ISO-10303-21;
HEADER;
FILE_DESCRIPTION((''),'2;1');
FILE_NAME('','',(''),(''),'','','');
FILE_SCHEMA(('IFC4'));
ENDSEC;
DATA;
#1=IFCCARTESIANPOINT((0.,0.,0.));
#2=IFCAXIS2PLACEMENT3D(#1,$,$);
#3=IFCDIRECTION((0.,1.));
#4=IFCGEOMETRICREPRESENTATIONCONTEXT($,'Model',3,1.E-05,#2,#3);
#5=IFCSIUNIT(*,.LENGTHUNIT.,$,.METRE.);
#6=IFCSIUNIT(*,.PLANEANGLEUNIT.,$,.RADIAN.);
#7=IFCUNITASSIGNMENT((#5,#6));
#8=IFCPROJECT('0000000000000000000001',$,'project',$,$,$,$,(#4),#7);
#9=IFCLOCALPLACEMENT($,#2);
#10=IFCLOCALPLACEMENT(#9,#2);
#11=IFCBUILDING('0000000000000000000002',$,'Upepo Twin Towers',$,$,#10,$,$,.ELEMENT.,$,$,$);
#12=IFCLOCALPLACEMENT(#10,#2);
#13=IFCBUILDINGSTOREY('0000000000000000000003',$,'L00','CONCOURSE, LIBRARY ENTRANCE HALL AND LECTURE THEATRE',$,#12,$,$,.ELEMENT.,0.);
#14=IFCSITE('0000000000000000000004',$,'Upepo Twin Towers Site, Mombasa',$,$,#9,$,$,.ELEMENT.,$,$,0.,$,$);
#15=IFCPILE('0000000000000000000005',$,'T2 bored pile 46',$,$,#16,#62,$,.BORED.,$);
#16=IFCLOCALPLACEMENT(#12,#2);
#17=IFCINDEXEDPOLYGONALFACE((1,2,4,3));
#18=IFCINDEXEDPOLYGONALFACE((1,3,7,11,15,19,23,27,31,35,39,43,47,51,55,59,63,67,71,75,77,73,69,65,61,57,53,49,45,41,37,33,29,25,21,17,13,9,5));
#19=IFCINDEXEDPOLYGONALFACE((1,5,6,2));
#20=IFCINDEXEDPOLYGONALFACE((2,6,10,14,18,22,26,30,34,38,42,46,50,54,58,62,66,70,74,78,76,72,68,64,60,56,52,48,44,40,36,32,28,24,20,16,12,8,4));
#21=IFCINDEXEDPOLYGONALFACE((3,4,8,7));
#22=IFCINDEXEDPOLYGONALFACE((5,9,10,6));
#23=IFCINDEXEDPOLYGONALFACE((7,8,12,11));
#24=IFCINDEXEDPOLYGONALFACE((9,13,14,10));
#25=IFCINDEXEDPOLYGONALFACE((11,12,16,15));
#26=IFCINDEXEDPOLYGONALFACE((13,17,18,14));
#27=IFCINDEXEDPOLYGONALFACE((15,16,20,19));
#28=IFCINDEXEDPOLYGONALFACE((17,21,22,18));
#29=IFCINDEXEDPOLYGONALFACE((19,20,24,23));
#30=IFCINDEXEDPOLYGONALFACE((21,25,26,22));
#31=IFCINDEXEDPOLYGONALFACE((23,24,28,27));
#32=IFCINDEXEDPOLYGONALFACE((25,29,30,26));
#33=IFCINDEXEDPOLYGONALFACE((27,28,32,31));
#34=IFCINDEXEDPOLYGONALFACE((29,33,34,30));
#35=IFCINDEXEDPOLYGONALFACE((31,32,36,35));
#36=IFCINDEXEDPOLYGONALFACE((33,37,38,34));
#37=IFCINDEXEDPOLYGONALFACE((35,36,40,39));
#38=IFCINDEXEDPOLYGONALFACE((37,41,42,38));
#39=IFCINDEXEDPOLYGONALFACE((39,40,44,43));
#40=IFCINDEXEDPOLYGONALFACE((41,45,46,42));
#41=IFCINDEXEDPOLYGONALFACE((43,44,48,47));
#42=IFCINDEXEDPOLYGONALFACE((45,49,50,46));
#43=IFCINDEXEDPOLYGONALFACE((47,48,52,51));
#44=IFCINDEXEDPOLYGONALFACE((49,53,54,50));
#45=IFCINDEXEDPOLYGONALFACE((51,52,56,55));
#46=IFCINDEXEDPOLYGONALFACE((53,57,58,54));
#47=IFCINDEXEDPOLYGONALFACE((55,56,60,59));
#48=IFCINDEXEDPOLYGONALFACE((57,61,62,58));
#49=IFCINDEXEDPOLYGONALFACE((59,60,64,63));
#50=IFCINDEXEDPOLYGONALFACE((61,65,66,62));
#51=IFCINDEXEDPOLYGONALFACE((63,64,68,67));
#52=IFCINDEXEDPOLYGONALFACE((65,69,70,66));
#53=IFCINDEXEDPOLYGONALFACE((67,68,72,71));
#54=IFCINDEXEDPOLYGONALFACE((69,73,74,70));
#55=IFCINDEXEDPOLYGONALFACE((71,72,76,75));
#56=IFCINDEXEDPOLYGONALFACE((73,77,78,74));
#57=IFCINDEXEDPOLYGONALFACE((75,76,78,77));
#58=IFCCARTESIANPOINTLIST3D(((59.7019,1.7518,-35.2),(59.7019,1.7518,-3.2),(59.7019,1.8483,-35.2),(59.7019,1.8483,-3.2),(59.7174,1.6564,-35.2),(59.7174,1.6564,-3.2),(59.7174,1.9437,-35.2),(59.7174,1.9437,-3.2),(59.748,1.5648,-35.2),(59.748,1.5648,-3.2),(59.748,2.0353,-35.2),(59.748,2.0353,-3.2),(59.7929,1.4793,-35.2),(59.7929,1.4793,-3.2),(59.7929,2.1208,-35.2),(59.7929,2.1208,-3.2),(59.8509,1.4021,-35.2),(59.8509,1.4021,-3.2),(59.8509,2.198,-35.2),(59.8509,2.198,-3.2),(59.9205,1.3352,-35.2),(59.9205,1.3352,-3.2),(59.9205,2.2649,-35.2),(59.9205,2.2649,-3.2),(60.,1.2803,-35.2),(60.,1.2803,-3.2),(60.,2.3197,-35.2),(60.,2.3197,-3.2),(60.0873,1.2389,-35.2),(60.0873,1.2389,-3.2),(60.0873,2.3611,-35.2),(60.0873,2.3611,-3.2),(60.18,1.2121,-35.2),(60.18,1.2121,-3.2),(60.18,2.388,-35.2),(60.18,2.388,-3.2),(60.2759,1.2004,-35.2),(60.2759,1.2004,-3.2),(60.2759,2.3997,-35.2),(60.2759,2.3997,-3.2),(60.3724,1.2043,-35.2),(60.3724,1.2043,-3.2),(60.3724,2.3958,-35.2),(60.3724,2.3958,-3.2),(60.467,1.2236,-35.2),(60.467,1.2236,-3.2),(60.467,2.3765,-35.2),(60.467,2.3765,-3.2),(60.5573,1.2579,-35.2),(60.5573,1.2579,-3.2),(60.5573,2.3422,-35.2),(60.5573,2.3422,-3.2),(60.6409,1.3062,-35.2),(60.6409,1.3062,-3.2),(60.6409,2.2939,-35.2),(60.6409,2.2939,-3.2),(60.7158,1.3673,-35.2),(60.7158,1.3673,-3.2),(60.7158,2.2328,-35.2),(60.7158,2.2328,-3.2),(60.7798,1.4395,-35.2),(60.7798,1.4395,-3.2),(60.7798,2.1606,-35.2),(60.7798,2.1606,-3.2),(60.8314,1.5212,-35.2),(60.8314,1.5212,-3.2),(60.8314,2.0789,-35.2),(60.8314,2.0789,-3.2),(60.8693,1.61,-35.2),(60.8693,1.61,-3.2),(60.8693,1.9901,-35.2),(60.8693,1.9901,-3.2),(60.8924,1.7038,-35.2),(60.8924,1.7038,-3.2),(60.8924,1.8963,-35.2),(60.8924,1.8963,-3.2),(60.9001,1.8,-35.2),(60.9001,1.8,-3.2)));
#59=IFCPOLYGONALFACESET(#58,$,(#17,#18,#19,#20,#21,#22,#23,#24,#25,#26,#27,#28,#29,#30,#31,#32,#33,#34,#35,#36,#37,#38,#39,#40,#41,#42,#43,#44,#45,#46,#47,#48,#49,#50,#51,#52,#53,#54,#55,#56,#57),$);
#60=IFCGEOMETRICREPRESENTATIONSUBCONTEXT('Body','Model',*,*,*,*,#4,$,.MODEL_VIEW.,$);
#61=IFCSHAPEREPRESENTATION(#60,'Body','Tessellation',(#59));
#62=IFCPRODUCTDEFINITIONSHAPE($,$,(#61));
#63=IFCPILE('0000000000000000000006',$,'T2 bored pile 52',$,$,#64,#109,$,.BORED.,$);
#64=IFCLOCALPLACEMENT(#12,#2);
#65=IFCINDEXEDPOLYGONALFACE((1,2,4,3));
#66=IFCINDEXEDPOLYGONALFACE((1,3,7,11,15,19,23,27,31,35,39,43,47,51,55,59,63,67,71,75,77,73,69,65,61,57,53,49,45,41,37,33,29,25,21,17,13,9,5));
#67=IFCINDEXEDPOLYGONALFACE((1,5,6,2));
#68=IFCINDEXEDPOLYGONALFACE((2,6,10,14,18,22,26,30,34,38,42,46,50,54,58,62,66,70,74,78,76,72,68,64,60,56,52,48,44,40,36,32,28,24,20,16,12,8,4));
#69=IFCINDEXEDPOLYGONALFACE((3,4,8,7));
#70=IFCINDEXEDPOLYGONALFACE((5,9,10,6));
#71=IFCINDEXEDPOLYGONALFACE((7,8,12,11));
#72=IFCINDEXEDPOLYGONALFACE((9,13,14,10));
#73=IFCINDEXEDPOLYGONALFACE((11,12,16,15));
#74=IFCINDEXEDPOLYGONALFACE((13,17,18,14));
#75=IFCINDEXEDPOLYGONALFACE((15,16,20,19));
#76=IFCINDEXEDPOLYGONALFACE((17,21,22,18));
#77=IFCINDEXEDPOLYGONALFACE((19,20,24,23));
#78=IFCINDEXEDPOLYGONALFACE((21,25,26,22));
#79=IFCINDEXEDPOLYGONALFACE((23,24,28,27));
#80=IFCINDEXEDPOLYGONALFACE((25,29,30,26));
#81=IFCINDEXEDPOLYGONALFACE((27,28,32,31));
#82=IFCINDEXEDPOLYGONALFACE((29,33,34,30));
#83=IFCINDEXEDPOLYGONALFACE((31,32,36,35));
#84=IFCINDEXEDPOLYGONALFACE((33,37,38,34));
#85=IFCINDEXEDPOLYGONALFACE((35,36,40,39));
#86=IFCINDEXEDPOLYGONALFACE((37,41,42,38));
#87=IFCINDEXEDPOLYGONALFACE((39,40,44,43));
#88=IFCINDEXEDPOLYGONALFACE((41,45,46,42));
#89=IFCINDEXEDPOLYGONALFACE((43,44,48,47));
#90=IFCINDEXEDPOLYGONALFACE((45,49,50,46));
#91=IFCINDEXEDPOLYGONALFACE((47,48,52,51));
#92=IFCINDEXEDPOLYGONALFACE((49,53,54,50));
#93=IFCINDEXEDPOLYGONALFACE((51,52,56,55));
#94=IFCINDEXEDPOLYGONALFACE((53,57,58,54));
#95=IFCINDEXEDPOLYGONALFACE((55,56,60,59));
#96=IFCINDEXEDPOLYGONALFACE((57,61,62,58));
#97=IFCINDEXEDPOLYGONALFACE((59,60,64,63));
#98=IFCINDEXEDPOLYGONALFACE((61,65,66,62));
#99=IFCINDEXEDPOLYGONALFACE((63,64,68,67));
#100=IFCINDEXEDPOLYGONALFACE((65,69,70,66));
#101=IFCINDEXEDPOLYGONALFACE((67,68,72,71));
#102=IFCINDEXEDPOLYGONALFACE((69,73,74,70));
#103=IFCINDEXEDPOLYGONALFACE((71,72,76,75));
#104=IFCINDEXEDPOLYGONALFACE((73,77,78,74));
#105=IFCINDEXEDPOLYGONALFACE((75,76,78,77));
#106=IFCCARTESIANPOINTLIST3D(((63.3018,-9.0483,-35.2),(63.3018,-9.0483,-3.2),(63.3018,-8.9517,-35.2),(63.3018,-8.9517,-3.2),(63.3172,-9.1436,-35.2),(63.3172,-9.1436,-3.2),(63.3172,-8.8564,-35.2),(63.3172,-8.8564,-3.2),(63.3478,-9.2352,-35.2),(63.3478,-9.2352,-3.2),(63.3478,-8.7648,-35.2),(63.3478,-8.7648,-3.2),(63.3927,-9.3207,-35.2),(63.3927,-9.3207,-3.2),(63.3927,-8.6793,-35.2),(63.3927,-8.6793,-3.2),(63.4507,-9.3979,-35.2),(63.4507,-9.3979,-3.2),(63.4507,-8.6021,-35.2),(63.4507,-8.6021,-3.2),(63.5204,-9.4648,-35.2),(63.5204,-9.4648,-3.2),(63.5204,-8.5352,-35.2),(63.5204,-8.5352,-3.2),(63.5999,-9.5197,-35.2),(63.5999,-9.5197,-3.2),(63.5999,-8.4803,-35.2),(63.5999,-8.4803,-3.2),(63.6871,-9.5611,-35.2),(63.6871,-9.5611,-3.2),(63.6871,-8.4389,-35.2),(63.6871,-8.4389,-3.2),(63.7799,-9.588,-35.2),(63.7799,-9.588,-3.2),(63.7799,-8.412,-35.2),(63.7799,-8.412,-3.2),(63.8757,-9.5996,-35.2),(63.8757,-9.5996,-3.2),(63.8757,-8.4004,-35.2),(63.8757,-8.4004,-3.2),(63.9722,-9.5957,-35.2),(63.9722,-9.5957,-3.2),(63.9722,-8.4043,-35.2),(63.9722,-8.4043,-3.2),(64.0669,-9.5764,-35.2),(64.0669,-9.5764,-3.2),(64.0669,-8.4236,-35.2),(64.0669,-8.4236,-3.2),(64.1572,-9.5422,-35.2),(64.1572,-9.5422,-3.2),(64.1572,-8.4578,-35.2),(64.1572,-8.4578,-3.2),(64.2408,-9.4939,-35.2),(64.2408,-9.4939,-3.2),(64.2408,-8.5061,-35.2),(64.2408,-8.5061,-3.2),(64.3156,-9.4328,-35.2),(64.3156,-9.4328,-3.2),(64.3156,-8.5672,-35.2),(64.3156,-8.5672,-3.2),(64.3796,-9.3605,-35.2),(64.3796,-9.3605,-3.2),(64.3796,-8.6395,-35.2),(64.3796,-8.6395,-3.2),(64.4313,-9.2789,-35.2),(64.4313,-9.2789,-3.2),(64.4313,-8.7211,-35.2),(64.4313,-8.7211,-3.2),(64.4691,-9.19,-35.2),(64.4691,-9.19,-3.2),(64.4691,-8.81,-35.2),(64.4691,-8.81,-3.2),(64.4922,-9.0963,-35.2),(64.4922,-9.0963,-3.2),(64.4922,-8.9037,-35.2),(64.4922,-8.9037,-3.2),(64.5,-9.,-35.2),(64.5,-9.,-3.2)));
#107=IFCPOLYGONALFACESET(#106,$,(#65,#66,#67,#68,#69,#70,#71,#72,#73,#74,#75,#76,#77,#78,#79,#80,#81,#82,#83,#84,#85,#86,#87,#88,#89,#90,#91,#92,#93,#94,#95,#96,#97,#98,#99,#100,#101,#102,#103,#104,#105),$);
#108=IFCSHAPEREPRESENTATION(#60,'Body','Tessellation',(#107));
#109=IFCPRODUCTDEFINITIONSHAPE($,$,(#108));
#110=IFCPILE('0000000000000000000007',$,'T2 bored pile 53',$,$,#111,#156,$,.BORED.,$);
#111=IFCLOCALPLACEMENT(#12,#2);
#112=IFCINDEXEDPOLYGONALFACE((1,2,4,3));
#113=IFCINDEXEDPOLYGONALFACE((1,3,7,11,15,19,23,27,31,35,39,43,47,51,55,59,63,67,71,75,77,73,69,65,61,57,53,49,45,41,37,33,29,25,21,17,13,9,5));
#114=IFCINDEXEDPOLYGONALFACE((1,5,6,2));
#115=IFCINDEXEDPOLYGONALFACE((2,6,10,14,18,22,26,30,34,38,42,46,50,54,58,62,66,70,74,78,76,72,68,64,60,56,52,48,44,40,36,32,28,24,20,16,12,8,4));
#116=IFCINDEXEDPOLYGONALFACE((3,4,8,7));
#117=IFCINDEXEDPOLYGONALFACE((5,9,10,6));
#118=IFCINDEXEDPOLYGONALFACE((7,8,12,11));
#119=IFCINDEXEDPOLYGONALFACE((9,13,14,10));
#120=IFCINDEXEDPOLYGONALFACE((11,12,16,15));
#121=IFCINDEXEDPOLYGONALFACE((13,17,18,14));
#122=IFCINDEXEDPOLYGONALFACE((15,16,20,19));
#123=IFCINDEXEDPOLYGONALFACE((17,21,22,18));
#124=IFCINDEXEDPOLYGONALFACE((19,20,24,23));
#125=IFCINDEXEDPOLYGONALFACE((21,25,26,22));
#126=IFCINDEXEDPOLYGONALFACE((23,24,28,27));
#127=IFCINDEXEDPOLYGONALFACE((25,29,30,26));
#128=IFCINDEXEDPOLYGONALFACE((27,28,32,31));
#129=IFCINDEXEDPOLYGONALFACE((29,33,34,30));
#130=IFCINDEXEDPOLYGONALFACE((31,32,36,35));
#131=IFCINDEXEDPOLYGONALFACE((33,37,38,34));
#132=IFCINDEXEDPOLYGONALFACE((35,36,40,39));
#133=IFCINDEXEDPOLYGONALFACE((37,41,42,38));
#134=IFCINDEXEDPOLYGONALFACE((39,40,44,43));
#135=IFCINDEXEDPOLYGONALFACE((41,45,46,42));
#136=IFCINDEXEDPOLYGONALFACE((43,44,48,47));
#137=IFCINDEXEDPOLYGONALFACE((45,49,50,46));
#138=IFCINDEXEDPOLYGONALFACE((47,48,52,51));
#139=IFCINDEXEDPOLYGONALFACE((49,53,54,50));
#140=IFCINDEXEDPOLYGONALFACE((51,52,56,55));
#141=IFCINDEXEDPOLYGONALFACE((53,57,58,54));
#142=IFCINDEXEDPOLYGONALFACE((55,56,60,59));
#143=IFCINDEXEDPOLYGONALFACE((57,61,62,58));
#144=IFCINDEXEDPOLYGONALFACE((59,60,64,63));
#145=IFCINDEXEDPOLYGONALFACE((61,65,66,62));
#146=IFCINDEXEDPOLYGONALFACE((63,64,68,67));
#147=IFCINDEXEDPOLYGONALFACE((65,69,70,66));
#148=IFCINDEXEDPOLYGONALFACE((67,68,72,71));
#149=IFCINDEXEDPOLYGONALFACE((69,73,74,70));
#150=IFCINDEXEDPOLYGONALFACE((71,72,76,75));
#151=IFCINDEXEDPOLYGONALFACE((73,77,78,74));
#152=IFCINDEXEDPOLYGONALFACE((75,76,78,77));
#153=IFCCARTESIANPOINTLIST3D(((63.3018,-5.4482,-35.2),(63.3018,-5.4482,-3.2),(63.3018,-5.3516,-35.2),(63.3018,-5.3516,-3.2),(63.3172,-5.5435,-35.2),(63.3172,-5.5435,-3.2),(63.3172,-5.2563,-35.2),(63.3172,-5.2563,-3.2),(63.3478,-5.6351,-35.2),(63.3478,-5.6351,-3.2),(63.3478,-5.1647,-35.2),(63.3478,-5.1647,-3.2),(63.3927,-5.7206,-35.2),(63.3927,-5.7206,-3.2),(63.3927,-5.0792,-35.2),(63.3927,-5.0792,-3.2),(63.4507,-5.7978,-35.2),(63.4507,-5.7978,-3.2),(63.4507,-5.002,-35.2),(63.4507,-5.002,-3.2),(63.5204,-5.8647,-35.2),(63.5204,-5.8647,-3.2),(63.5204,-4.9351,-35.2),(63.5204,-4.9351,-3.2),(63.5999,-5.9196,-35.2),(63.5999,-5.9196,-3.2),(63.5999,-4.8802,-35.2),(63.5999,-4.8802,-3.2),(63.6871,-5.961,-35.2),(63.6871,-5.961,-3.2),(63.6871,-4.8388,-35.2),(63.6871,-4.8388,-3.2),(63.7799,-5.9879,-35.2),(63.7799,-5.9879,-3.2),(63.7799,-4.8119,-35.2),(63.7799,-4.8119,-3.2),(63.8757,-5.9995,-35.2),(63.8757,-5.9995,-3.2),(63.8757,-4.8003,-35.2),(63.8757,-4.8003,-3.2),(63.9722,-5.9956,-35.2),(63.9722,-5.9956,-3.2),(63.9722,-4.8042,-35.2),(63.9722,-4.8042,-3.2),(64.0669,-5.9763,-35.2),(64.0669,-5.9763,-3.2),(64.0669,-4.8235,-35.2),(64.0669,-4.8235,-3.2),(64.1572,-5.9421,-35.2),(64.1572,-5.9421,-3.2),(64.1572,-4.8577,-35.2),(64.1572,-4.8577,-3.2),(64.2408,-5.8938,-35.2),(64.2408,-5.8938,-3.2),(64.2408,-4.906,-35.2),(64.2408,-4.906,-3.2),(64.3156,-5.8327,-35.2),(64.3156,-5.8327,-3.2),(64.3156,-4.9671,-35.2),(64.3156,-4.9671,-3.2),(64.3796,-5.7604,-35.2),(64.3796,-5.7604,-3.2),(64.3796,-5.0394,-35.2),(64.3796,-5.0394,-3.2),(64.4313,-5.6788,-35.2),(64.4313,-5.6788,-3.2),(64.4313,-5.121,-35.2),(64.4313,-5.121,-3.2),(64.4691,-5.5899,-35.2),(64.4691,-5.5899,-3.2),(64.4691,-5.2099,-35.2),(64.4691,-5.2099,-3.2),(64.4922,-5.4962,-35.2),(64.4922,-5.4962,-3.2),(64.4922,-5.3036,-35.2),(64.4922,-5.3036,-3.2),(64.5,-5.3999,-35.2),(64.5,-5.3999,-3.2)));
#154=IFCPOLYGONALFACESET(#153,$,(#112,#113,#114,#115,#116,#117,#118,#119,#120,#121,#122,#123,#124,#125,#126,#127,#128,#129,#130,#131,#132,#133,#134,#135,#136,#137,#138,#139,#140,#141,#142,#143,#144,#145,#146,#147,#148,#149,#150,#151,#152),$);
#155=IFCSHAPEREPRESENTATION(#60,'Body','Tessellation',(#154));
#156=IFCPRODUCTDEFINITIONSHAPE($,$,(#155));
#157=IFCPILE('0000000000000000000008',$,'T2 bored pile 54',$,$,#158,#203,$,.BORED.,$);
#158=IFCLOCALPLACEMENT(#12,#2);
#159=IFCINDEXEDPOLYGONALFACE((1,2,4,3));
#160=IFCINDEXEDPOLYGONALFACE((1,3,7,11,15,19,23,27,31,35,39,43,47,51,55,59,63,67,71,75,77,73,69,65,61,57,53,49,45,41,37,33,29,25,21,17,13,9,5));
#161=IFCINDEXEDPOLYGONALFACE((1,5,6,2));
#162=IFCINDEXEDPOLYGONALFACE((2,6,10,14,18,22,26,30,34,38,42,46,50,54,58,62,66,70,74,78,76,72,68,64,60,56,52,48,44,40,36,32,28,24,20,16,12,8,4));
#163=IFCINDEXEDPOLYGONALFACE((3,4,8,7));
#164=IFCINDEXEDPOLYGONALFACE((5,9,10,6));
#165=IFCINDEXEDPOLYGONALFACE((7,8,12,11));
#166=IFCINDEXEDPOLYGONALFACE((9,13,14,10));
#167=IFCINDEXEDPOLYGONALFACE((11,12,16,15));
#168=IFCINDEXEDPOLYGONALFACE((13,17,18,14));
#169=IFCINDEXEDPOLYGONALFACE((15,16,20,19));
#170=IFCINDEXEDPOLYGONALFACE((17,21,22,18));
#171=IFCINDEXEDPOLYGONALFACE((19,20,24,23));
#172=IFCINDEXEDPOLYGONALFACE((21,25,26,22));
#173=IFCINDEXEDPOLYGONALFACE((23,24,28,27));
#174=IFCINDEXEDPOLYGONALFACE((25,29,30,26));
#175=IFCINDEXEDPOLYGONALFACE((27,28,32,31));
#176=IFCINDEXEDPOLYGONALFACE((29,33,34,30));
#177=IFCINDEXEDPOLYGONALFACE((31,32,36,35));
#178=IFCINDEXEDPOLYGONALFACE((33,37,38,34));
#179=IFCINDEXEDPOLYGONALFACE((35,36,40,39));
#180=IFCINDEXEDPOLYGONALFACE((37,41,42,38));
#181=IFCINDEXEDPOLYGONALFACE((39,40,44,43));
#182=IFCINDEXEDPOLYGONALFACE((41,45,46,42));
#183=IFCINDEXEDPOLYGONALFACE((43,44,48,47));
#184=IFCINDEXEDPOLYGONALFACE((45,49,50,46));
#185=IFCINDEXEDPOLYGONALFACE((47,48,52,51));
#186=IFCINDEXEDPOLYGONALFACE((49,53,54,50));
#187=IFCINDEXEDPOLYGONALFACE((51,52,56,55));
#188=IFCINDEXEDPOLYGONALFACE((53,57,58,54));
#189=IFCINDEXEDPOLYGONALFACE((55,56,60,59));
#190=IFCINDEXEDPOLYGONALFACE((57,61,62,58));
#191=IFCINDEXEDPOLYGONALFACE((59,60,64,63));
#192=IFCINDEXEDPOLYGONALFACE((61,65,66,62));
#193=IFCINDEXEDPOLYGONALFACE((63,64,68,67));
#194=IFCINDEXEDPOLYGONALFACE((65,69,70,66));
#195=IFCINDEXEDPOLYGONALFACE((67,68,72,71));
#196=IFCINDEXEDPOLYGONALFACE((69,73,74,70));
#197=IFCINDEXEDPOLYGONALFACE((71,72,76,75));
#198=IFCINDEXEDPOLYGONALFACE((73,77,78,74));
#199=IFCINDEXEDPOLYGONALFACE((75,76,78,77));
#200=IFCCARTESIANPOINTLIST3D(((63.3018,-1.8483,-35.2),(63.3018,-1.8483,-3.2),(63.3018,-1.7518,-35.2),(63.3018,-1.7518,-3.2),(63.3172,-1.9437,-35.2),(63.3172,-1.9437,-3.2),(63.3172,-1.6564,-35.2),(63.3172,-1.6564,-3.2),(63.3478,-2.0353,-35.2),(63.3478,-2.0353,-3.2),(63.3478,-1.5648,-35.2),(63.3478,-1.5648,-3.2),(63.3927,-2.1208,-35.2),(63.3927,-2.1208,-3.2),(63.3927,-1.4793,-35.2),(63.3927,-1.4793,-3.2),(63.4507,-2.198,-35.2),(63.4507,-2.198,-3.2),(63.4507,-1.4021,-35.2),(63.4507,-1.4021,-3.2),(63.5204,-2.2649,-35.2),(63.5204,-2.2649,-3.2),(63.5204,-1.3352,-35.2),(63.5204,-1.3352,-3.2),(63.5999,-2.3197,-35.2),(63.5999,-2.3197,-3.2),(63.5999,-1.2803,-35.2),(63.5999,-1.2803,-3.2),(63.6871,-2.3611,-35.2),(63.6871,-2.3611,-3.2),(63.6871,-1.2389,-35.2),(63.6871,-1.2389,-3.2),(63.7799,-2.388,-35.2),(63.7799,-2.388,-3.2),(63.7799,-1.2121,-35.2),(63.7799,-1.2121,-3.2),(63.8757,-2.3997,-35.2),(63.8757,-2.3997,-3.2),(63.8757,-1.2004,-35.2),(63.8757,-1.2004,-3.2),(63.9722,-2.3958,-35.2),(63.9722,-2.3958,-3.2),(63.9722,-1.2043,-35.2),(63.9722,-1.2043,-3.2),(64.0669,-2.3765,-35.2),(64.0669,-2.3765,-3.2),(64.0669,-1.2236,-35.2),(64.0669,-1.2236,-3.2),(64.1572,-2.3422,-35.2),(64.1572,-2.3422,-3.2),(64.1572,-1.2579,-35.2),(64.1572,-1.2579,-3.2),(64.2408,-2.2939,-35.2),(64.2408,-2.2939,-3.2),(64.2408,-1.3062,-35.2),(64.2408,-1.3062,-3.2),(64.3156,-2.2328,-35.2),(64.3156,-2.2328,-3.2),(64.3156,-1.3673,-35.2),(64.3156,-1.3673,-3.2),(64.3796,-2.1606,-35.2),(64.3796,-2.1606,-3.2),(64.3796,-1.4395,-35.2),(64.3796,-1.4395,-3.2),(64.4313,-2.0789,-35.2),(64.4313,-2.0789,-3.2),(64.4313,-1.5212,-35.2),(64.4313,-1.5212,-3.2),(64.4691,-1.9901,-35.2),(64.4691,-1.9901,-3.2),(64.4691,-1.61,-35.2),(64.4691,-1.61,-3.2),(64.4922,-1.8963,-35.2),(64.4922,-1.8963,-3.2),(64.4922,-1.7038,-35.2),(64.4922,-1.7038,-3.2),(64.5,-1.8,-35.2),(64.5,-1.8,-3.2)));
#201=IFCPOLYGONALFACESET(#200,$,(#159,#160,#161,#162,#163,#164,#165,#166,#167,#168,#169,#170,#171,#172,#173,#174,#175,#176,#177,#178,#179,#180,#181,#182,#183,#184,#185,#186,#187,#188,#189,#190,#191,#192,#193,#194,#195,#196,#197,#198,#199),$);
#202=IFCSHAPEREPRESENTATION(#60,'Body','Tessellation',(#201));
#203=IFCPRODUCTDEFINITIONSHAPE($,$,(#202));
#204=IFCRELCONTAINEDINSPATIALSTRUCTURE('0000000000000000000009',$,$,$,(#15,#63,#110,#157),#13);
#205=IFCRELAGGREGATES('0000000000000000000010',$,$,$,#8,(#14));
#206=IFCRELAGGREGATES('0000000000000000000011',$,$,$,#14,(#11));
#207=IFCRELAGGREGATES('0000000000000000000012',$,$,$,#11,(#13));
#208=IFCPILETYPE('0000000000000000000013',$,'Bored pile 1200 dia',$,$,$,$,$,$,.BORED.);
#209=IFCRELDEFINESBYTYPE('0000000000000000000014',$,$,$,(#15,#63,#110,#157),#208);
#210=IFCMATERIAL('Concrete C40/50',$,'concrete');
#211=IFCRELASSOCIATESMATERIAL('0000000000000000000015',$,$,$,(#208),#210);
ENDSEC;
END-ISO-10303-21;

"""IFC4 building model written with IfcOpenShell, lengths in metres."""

from ifc_helpers import new_model, si_unit, direction, frame, origin, origin_2d, place, context, subcontext, project, spatial, circle, extrude, material, type_object, element, save


model = new_model("IFC4")

# Units and contexts
model_context = context("Model", 3, precision=1e-05, world=origin(), true_north=direction((0.0, 1.0)))
body_context = subcontext(model_context, "Body", "Model", "MODEL_VIEW")
ifc_project = project(units=[si_unit("LENGTHUNIT", "METRE"), si_unit("PLANEANGLEUNIT", "RADIAN")], contexts=[model_context])

# Site, building, storey
site_placement = place(None, origin())
site = spatial("IfcSite", under=ifc_project, at=site_placement, Name="Upepo Twin Towers Site, Mombasa", CompositionType="ELEMENT", RefElevation=0.0)
building_placement = place(site_placement, origin())
building = spatial("IfcBuilding", under=site, at=building_placement, Name="Upepo Twin Towers", CompositionType="ELEMENT")
storey_placement = place(building_placement, origin())
storey = spatial("IfcBuildingStorey", under=building, at=storey_placement, Name="L00", Description="CONCOURSE, LIBRARY ENTRANCE HALL AND LECTURE THEATRE", CompositionType="ELEMENT", Elevation=0.0)

# Piles
ifc_material_1 = material(Name="Concrete C40/50", Category="concrete")
pile_type = type_object("IfcPileType", Name="Bored pile 1200 dia", PredefinedType="BORED", material=ifc_material_1)
for number, where, z_axis, x_axis, name in (
    (1, (60.3, 1.8, -3.2), (0.0, 0.0, -1.0), (1.0, 0.0, 0.0), "T2 bored pile 46"),
    (2, (63.8999, -9.0, -3.2), (0.0, 0.0, -1.0), (1.0, 0.0, 0.0), "T2 bored pile 52"),
    (3, (63.8999, -5.3999, -3.2), (0.0, 0.0, -1.0), (1.0, 0.0, 0.0), "T2 bored pile 53"),
    (4, (63.8999, -1.8, -3.2), (0.0, 0.0, -1.0), (1.0, 0.0, 0.0), "T2 bored pile 54"),
):
    element("IfcPile", number, at=place(storey_placement, frame(where, z_axis=z_axis, x_axis=x_axis)), inside=storey, type_object=pile_type, Name=name, PredefinedType="BORED", context=body_context, shape_type="SweptSolid", body=[
        extrude(circle(Radius=0.6001, at=origin_2d()), origin(), (0.0, 0.0, 1.0), 32.0),
    ])

save(model, "model.ifc")
